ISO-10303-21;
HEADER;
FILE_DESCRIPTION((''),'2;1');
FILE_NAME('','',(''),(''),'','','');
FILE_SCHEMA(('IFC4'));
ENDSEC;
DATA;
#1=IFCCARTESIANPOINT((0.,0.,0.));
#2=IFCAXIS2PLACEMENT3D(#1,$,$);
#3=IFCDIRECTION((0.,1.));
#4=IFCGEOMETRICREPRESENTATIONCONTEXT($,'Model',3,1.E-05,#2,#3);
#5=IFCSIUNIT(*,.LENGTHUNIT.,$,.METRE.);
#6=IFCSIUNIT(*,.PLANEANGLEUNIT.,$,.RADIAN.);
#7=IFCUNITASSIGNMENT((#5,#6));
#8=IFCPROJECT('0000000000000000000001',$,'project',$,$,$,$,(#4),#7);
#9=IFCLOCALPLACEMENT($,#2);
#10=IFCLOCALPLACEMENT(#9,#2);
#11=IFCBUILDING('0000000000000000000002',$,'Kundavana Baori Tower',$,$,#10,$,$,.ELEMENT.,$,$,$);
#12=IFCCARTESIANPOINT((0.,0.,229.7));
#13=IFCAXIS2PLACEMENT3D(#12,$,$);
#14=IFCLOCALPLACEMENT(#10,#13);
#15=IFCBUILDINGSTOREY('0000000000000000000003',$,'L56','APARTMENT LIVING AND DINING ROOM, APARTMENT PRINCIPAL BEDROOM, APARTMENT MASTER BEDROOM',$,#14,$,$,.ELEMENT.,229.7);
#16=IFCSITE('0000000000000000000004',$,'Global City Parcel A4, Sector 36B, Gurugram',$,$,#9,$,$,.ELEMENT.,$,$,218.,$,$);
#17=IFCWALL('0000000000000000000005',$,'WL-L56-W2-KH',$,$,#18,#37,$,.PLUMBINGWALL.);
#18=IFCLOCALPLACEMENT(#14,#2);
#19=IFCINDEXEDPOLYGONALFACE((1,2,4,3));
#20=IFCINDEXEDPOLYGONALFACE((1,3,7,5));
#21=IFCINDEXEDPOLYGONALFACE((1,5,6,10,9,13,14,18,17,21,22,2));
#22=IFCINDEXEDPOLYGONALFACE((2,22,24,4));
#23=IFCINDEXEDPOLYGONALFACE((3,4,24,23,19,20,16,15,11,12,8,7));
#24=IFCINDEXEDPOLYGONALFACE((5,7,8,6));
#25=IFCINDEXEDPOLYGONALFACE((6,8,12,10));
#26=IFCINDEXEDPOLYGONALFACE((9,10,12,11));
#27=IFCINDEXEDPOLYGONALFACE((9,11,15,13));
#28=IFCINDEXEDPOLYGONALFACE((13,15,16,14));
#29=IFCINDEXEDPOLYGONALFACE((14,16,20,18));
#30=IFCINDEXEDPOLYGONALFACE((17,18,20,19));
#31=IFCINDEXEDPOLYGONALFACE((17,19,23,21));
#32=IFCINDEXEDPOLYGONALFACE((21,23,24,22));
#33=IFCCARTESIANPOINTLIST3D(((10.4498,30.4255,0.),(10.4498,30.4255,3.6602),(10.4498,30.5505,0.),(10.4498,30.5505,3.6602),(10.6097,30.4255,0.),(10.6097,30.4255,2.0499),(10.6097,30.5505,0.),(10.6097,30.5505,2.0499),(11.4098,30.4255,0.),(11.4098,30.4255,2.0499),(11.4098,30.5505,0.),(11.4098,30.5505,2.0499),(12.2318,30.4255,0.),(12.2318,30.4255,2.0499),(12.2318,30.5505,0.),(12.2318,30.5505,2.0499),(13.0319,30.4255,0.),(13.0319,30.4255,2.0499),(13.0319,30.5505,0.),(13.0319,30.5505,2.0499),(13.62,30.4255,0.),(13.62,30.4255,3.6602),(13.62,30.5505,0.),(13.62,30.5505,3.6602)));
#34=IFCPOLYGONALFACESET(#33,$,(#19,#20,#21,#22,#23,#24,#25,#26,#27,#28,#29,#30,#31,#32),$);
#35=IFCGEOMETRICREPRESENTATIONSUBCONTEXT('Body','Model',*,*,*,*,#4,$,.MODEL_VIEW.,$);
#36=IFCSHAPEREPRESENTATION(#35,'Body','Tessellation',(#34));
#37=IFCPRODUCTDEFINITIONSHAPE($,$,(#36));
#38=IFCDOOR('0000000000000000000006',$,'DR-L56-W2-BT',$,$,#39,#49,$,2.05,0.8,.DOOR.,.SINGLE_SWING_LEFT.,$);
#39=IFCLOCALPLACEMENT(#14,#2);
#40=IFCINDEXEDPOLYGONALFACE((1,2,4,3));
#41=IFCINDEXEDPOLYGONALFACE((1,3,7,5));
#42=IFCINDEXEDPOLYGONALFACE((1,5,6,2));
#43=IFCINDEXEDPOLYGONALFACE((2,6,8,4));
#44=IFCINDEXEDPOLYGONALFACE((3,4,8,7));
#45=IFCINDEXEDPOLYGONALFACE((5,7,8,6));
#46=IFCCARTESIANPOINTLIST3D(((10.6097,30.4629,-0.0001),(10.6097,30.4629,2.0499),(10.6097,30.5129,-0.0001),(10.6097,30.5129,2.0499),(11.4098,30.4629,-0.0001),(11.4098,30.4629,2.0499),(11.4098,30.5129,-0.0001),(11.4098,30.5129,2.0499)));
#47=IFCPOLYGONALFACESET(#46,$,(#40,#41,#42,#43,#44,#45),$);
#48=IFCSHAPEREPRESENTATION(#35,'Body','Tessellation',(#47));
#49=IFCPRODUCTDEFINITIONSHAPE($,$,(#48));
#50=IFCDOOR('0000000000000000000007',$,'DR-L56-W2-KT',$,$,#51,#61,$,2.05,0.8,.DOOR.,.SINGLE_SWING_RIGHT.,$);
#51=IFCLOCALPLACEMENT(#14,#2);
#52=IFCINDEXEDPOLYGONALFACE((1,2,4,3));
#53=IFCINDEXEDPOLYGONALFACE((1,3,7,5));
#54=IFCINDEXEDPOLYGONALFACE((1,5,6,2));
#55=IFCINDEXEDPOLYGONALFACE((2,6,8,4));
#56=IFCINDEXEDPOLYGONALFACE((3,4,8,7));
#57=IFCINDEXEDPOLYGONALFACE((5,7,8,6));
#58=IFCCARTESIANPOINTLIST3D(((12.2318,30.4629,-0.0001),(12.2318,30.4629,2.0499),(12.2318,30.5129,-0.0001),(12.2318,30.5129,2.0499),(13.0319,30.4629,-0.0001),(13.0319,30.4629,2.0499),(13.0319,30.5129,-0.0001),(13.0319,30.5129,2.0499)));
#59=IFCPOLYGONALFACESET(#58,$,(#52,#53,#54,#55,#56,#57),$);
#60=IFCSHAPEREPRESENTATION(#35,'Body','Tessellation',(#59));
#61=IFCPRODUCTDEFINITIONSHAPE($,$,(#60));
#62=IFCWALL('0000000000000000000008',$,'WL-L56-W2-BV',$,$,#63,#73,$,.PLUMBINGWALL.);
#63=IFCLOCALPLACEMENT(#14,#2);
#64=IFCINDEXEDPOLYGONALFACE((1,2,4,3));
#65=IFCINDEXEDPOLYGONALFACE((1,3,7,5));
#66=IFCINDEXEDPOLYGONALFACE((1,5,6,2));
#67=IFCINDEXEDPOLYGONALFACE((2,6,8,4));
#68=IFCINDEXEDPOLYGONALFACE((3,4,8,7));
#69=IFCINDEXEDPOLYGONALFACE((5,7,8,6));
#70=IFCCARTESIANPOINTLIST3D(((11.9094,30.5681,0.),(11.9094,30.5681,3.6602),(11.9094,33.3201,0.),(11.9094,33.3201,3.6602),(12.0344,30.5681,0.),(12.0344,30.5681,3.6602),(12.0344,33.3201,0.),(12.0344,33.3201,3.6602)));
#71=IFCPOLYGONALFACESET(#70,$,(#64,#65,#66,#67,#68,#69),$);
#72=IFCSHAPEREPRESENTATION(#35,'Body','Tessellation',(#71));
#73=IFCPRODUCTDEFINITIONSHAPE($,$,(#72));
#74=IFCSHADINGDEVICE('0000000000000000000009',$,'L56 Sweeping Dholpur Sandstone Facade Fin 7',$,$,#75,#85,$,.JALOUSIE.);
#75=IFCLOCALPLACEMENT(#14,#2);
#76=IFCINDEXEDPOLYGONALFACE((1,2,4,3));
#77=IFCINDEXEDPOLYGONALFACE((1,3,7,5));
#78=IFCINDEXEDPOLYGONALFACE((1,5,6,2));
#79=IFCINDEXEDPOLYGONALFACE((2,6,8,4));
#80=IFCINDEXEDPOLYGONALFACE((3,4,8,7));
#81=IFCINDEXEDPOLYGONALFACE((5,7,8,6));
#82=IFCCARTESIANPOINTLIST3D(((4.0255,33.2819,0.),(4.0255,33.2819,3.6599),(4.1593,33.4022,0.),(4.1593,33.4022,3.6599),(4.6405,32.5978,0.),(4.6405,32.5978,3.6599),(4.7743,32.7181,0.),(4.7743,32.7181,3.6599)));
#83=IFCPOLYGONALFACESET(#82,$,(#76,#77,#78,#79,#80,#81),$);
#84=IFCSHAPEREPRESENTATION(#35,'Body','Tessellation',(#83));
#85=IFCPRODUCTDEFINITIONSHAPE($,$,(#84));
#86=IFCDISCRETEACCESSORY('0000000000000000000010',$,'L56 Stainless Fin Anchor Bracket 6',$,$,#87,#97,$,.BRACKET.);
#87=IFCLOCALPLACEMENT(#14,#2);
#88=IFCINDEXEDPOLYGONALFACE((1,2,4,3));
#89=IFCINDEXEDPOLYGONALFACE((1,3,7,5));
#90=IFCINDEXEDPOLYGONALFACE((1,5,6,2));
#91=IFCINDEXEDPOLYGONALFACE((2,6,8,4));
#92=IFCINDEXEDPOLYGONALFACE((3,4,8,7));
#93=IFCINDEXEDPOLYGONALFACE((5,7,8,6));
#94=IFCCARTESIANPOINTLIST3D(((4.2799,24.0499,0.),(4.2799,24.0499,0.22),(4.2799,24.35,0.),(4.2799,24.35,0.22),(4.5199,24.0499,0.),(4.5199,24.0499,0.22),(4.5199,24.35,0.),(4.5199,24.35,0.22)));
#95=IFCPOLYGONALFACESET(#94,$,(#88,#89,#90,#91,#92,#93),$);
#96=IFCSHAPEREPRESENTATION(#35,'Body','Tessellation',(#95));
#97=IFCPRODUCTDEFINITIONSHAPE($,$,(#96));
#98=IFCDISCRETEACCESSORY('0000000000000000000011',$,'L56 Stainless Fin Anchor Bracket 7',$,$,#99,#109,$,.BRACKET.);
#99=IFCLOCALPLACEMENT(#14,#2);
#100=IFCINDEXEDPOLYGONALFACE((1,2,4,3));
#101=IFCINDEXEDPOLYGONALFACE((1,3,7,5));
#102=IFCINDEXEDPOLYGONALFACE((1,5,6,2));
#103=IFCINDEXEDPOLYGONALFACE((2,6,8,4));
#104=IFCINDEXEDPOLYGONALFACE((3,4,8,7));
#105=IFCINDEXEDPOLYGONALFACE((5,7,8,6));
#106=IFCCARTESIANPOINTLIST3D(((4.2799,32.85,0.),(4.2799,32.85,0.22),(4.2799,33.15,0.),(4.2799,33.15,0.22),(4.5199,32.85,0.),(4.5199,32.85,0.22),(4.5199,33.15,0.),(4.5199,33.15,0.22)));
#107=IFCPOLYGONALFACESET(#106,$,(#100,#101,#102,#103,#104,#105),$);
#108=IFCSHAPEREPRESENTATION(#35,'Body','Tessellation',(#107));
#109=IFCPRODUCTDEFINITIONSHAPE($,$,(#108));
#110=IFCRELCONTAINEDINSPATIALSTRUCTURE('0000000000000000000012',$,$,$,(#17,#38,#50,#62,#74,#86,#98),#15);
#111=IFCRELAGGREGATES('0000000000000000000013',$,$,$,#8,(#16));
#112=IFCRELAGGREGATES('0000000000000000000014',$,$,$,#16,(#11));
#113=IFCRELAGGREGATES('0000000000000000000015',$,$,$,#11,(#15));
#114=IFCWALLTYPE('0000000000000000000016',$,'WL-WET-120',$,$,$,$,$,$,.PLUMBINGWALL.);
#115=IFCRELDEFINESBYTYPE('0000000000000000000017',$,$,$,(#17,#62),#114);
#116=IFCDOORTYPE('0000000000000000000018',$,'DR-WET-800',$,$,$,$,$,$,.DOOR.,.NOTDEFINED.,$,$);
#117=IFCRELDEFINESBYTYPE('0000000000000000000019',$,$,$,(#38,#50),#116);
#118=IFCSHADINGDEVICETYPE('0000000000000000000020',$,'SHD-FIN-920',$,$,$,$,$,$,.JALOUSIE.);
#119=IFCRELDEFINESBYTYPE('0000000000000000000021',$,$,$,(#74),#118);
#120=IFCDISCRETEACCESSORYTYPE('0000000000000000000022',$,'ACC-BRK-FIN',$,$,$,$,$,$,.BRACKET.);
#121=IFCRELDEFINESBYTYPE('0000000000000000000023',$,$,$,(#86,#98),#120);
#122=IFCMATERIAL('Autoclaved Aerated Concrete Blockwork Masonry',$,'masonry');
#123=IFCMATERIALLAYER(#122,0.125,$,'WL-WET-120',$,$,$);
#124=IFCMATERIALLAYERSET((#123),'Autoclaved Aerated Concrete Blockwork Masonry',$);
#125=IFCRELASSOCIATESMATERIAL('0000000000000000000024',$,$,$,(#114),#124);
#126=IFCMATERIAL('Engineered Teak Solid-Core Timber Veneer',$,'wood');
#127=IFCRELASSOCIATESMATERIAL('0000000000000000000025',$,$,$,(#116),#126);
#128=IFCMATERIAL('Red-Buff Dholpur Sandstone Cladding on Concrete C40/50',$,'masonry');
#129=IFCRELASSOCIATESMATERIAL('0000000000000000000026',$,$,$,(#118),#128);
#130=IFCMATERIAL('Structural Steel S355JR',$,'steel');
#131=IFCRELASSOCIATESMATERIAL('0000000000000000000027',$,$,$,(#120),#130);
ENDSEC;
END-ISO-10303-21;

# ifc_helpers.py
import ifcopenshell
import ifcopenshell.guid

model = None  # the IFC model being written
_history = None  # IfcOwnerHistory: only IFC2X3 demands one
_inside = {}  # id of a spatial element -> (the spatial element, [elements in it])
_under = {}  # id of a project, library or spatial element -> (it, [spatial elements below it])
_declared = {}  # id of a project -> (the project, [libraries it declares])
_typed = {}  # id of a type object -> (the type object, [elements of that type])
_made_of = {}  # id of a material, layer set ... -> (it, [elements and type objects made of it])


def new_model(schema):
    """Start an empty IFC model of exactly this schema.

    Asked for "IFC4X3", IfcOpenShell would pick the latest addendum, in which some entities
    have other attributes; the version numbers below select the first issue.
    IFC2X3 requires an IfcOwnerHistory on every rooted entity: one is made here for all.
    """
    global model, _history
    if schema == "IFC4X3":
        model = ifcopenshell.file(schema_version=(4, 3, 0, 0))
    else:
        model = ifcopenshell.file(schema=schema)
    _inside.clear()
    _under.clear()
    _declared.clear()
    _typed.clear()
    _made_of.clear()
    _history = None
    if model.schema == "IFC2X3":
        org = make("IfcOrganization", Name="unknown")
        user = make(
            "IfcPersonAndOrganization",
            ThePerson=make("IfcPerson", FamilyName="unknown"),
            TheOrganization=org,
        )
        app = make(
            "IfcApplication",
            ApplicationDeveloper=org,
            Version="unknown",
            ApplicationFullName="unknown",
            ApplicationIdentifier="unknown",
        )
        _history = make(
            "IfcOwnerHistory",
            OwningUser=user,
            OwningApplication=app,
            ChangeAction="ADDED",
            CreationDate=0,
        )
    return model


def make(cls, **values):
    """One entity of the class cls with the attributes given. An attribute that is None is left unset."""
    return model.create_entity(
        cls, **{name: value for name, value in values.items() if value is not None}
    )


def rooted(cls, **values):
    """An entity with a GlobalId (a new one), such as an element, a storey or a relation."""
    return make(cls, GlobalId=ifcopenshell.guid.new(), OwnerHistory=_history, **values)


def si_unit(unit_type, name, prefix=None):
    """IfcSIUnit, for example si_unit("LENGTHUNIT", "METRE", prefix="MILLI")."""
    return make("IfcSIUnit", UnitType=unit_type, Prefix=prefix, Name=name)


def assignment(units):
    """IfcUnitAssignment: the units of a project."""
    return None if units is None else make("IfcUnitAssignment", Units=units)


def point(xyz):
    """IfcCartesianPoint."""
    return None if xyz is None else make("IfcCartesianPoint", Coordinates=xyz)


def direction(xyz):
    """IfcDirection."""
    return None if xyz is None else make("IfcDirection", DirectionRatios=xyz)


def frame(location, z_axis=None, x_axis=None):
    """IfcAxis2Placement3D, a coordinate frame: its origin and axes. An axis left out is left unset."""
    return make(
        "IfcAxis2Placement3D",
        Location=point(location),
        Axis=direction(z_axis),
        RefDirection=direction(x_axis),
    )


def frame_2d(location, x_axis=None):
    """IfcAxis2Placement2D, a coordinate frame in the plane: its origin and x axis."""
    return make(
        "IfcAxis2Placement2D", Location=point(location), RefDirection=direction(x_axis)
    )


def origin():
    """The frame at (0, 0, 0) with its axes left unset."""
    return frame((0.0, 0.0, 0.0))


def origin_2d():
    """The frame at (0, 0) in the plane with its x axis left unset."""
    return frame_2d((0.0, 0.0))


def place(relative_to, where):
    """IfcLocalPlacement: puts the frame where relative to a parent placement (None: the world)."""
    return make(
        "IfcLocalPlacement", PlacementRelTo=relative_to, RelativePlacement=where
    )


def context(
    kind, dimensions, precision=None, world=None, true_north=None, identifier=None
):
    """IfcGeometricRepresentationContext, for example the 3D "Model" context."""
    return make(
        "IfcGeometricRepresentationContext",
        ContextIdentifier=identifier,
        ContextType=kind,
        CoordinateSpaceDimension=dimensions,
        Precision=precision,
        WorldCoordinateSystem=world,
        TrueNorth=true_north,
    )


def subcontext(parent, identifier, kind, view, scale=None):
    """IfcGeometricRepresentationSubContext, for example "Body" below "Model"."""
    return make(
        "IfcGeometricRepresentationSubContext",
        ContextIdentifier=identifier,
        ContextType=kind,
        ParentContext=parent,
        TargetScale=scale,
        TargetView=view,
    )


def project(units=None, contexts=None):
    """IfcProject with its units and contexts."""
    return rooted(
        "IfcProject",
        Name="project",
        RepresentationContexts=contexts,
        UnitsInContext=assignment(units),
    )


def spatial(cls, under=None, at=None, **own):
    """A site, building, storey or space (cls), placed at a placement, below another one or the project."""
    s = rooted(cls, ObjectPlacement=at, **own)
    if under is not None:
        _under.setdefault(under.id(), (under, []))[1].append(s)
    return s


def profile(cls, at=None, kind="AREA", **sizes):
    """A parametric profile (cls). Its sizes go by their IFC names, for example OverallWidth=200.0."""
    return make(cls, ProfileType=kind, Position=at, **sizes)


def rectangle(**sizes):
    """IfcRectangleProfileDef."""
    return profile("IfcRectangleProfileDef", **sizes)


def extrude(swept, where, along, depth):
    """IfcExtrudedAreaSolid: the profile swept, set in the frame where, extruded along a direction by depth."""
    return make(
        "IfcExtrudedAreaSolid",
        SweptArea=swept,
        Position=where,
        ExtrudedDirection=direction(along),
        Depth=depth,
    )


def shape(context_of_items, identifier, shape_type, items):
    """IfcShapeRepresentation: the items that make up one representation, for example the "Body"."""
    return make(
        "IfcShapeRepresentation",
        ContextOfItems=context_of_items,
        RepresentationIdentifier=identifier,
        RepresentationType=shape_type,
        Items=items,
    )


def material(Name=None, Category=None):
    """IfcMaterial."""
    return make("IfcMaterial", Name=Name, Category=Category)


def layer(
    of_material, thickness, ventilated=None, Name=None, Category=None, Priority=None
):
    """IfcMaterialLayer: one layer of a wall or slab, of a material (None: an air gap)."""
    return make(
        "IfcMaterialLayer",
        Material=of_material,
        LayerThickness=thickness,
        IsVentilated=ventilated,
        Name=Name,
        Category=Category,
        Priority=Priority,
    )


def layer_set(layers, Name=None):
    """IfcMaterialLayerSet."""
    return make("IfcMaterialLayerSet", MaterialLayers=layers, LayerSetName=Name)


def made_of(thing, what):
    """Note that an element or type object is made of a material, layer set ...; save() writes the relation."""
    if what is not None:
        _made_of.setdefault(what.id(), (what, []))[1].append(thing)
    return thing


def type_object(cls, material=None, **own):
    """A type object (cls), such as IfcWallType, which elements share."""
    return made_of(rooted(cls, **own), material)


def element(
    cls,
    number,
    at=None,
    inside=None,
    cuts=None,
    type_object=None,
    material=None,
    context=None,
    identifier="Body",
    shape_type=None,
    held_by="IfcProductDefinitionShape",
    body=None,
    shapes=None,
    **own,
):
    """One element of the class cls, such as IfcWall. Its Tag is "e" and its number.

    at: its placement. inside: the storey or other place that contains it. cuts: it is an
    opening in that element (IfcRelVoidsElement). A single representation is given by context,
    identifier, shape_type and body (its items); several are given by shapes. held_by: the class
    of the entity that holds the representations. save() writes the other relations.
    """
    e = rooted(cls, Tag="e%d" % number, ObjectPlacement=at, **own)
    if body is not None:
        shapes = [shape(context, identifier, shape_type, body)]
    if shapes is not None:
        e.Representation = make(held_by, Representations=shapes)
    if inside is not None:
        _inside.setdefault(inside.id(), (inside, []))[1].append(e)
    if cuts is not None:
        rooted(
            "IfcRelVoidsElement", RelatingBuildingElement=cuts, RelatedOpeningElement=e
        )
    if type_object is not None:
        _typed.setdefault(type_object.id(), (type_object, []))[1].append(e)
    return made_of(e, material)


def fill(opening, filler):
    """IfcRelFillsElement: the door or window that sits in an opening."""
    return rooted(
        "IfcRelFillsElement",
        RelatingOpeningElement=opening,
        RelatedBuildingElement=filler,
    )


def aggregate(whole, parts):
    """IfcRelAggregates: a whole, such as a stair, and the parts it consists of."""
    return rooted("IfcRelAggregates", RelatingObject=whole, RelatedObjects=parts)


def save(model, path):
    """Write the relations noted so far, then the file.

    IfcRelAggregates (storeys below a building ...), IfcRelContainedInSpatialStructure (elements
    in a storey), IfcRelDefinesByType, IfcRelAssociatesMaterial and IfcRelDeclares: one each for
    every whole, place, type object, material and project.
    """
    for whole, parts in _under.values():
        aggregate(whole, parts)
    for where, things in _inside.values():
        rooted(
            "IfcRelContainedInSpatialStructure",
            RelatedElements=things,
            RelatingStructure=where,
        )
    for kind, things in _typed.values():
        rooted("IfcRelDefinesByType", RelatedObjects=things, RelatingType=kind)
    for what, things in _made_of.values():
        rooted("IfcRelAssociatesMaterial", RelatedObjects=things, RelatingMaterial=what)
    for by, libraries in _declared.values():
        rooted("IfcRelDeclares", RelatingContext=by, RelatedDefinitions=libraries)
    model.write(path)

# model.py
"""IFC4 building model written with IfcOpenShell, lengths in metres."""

from ifc_helpers import new_model, si_unit, direction, frame, frame_2d, origin, origin_2d, place, context, subcontext, project, spatial, rectangle, extrude, material, layer, layer_set, type_object, element, fill, save


model = new_model("IFC4")

# Units and contexts
model_context = context("Model", 3, precision=1e-05, world=origin(), true_north=direction((0.0, 1.0)))
body_context = subcontext(model_context, "Body", "Model", "MODEL_VIEW")
ifc_project = project(units=[si_unit("LENGTHUNIT", "METRE"), si_unit("PLANEANGLEUNIT", "RADIAN")], contexts=[model_context])

# Site, building, storey
site_placement = place(None, origin())
site = spatial("IfcSite", under=ifc_project, at=site_placement, Name="Global City Parcel A4, Sector 36B, Gurugram", CompositionType="ELEMENT", RefElevation=218.0)
building_placement = place(site_placement, origin())
building = spatial("IfcBuilding", under=site, at=building_placement, Name="Kundavana Baori Tower", CompositionType="ELEMENT")
storey_placement = place(building_placement, frame((0.0, 0.0, 229.7)))
storey = spatial("IfcBuildingStorey", under=building, at=storey_placement, Name="L56", Description="APARTMENT LIVING AND DINING ROOM, APARTMENT PRINCIPAL BEDROOM, APARTMENT MASTER BEDROOM", CompositionType="ELEMENT", Elevation=229.7)

# Wall, openings, doors
ifc_material_1 = material(Name="Autoclaved Aerated Concrete Blockwork Masonry", Category="masonry")
ifc_layer_1 = layer(ifc_material_1, 0.125, Name="WL-WET-120")
ifc_layer_set_1 = layer_set([ifc_layer_1], Name="Autoclaved Aerated Concrete Blockwork Masonry")
wall_type_1 = type_object("IfcWallType", Name="WL-WET-120", PredefinedType="PLUMBINGWALL", material=ifc_layer_set_1)
wall_1_placement = place(storey_placement, frame((10.45, 30.488, 0.0), z_axis=(0.0, 0.0, 1.0), x_axis=(1.0, 0.0, 0.0)))
wall_1 = element("IfcWall", 1, at=wall_1_placement, inside=storey, type_object=wall_type_1, Name="WL-L56-W2-KH", PredefinedType="PLUMBINGWALL", context=body_context, shape_type="SweptSolid", body=[
    extrude(rectangle(XDim=3.1702, YDim=0.125, at=frame_2d((1.585, 0.0))), origin(), (0.0, 0.0, 1.0), 3.6602),
])
opening_1_placement = place(wall_1_placement, frame((0.1599, 0.0, 0.0)))
opening_1 = element("IfcOpeningElement", 2, at=opening_1_placement, cuts=wall_1, PredefinedType="OPENING", context=body_context, shape_type="SweptSolid", body=[
    extrude(rectangle(XDim=0.8, YDim=2.05, at=frame_2d((0.3999, 1.0249))), frame((0.0, 0.0725, 0.0), z_axis=(0.0, -1.0, 0.0), x_axis=(1.0, 0.0, 0.0)), (0.0, 0.0, 1.0), 0.145),
])
opening_2_placement = place(wall_1_placement, frame((1.782, 0.0, 0.0)))
opening_2 = element("IfcOpeningElement", 3, at=opening_2_placement, cuts=wall_1, PredefinedType="OPENING", context=body_context, shape_type="SweptSolid", body=[
    extrude(rectangle(XDim=0.8, YDim=2.05, at=frame_2d((0.3999, 1.0249))), frame((0.0, 0.0725, 0.0), z_axis=(0.0, -1.0, 0.0), x_axis=(1.0, 0.0, 0.0)), (0.0, 0.0, 1.0), 0.145),
])
ifc_material_2 = material(Name="Engineered Teak Solid-Core Timber Veneer", Category="wood")
door_type_1 = type_object("IfcDoorType", Name="DR-WET-800", OperationType="NOTDEFINED", PredefinedType="DOOR", material=ifc_material_2)
door_1_placement = place(opening_1_placement, origin())
door_1 = element("IfcDoor", 4, at=door_1_placement, inside=storey, type_object=door_type_1, Name="DR-L56-W2-BT", OperationType="SINGLE_SWING_LEFT", OverallHeight=2.05, OverallWidth=0.8, PredefinedType="DOOR", context=body_context, shape_type="SweptSolid", body=[
    extrude(rectangle(XDim=0.8, YDim=2.05, at=frame_2d((0.3999, 1.0249))), frame((0.0, 0.0249, 0.0), z_axis=(0.0, -1.0, 0.0), x_axis=(1.0, 0.0, 0.0)), (0.0, 0.0, 1.0), 0.05),
])
fill(opening_1, door_1)
door_2_placement = place(opening_2_placement, origin())
door_2 = element("IfcDoor", 5, at=door_2_placement, inside=storey, type_object=door_type_1, Name="DR-L56-W2-KT", OperationType="SINGLE_SWING_RIGHT", OverallHeight=2.05, OverallWidth=0.8, PredefinedType="DOOR", context=body_context, shape_type="SweptSolid", body=[
    extrude(rectangle(XDim=0.8, YDim=2.05, at=frame_2d((0.3999, 1.0249))), frame((0.0, 0.0249, 0.0), z_axis=(0.0, -1.0, 0.0), x_axis=(1.0, 0.0, 0.0)), (0.0, 0.0, 1.0), 0.05),
])
fill(opening_2, door_2)

# Wall
wall_2_placement = place(storey_placement, frame((11.9719, 30.5681, 0.0), z_axis=(0.0, 0.0, 1.0), x_axis=(0.0, 1.0, 0.0)))
element("IfcWall", 6, at=wall_2_placement, inside=storey, type_object=wall_type_1, Name="WL-L56-W2-BV", PredefinedType="PLUMBINGWALL", context=body_context, shape_type="SweptSolid", body=[
    extrude(rectangle(XDim=2.752, YDim=0.125, at=frame_2d((1.376, 0.0))), origin(), (0.0, 0.0, 1.0), 3.6602),
])

# Shading device
ifc_material_3 = material(Name="Red-Buff Dholpur Sandstone Cladding on Concrete C40/50", Category="masonry")
shading_device_type = type_object("IfcShadingDeviceType", Name="SHD-FIN-920", PredefinedType="JALOUSIE", material=ifc_material_3)
shading_device_placement = place(storey_placement, frame((4.3999, 33.0, 0.0), z_axis=(0.0, 0.0, 1.0), x_axis=(0.743728, 0.668482, 0.0)))
element("IfcShadingDevice", 7, at=shading_device_placement, inside=storey, type_object=shading_device_type, Name="L56 Sweeping Dholpur Sandstone Facade Fin 7", PredefinedType="JALOUSIE", context=body_context, shape_type="SweptSolid", body=[
    extrude(rectangle(XDim=0.1799, YDim=0.9199, at=origin_2d()), origin(), (0.0, 0.0, 1.0), 3.6599),
])

# Discrete accessories
ifc_material_4 = material(Name="Structural Steel S355JR", Category="steel")
discrete_accessory_type = type_object("IfcDiscreteAccessoryType", Name="ACC-BRK-FIN", PredefinedType="BRACKET", material=ifc_material_4)
for number, where, z_axis, x_axis, name in (
    (8, (4.3999, 24.2, 0.0), (0.0, 0.0, 1.0), (1.0, 0.0, 0.0), "L56 Stainless Fin Anchor Bracket 6"),
    (9, (4.3999, 33.0, 0.0), (0.0, 0.0, 1.0), (1.0, 0.0, 0.0), "L56 Stainless Fin Anchor Bracket 7"),
):
    element("IfcDiscreteAccessory", number, at=place(storey_placement, frame(where, z_axis=z_axis, x_axis=x_axis)), inside=storey, type_object=discrete_accessory_type, Name=name, PredefinedType="BRACKET", context=body_context, shape_type="SweptSolid", body=[
        extrude(rectangle(XDim=0.24, YDim=0.3, at=origin_2d()), origin(), (0.0, 0.0, 1.0), 0.22),
    ])

save(model, "model.ifc")
